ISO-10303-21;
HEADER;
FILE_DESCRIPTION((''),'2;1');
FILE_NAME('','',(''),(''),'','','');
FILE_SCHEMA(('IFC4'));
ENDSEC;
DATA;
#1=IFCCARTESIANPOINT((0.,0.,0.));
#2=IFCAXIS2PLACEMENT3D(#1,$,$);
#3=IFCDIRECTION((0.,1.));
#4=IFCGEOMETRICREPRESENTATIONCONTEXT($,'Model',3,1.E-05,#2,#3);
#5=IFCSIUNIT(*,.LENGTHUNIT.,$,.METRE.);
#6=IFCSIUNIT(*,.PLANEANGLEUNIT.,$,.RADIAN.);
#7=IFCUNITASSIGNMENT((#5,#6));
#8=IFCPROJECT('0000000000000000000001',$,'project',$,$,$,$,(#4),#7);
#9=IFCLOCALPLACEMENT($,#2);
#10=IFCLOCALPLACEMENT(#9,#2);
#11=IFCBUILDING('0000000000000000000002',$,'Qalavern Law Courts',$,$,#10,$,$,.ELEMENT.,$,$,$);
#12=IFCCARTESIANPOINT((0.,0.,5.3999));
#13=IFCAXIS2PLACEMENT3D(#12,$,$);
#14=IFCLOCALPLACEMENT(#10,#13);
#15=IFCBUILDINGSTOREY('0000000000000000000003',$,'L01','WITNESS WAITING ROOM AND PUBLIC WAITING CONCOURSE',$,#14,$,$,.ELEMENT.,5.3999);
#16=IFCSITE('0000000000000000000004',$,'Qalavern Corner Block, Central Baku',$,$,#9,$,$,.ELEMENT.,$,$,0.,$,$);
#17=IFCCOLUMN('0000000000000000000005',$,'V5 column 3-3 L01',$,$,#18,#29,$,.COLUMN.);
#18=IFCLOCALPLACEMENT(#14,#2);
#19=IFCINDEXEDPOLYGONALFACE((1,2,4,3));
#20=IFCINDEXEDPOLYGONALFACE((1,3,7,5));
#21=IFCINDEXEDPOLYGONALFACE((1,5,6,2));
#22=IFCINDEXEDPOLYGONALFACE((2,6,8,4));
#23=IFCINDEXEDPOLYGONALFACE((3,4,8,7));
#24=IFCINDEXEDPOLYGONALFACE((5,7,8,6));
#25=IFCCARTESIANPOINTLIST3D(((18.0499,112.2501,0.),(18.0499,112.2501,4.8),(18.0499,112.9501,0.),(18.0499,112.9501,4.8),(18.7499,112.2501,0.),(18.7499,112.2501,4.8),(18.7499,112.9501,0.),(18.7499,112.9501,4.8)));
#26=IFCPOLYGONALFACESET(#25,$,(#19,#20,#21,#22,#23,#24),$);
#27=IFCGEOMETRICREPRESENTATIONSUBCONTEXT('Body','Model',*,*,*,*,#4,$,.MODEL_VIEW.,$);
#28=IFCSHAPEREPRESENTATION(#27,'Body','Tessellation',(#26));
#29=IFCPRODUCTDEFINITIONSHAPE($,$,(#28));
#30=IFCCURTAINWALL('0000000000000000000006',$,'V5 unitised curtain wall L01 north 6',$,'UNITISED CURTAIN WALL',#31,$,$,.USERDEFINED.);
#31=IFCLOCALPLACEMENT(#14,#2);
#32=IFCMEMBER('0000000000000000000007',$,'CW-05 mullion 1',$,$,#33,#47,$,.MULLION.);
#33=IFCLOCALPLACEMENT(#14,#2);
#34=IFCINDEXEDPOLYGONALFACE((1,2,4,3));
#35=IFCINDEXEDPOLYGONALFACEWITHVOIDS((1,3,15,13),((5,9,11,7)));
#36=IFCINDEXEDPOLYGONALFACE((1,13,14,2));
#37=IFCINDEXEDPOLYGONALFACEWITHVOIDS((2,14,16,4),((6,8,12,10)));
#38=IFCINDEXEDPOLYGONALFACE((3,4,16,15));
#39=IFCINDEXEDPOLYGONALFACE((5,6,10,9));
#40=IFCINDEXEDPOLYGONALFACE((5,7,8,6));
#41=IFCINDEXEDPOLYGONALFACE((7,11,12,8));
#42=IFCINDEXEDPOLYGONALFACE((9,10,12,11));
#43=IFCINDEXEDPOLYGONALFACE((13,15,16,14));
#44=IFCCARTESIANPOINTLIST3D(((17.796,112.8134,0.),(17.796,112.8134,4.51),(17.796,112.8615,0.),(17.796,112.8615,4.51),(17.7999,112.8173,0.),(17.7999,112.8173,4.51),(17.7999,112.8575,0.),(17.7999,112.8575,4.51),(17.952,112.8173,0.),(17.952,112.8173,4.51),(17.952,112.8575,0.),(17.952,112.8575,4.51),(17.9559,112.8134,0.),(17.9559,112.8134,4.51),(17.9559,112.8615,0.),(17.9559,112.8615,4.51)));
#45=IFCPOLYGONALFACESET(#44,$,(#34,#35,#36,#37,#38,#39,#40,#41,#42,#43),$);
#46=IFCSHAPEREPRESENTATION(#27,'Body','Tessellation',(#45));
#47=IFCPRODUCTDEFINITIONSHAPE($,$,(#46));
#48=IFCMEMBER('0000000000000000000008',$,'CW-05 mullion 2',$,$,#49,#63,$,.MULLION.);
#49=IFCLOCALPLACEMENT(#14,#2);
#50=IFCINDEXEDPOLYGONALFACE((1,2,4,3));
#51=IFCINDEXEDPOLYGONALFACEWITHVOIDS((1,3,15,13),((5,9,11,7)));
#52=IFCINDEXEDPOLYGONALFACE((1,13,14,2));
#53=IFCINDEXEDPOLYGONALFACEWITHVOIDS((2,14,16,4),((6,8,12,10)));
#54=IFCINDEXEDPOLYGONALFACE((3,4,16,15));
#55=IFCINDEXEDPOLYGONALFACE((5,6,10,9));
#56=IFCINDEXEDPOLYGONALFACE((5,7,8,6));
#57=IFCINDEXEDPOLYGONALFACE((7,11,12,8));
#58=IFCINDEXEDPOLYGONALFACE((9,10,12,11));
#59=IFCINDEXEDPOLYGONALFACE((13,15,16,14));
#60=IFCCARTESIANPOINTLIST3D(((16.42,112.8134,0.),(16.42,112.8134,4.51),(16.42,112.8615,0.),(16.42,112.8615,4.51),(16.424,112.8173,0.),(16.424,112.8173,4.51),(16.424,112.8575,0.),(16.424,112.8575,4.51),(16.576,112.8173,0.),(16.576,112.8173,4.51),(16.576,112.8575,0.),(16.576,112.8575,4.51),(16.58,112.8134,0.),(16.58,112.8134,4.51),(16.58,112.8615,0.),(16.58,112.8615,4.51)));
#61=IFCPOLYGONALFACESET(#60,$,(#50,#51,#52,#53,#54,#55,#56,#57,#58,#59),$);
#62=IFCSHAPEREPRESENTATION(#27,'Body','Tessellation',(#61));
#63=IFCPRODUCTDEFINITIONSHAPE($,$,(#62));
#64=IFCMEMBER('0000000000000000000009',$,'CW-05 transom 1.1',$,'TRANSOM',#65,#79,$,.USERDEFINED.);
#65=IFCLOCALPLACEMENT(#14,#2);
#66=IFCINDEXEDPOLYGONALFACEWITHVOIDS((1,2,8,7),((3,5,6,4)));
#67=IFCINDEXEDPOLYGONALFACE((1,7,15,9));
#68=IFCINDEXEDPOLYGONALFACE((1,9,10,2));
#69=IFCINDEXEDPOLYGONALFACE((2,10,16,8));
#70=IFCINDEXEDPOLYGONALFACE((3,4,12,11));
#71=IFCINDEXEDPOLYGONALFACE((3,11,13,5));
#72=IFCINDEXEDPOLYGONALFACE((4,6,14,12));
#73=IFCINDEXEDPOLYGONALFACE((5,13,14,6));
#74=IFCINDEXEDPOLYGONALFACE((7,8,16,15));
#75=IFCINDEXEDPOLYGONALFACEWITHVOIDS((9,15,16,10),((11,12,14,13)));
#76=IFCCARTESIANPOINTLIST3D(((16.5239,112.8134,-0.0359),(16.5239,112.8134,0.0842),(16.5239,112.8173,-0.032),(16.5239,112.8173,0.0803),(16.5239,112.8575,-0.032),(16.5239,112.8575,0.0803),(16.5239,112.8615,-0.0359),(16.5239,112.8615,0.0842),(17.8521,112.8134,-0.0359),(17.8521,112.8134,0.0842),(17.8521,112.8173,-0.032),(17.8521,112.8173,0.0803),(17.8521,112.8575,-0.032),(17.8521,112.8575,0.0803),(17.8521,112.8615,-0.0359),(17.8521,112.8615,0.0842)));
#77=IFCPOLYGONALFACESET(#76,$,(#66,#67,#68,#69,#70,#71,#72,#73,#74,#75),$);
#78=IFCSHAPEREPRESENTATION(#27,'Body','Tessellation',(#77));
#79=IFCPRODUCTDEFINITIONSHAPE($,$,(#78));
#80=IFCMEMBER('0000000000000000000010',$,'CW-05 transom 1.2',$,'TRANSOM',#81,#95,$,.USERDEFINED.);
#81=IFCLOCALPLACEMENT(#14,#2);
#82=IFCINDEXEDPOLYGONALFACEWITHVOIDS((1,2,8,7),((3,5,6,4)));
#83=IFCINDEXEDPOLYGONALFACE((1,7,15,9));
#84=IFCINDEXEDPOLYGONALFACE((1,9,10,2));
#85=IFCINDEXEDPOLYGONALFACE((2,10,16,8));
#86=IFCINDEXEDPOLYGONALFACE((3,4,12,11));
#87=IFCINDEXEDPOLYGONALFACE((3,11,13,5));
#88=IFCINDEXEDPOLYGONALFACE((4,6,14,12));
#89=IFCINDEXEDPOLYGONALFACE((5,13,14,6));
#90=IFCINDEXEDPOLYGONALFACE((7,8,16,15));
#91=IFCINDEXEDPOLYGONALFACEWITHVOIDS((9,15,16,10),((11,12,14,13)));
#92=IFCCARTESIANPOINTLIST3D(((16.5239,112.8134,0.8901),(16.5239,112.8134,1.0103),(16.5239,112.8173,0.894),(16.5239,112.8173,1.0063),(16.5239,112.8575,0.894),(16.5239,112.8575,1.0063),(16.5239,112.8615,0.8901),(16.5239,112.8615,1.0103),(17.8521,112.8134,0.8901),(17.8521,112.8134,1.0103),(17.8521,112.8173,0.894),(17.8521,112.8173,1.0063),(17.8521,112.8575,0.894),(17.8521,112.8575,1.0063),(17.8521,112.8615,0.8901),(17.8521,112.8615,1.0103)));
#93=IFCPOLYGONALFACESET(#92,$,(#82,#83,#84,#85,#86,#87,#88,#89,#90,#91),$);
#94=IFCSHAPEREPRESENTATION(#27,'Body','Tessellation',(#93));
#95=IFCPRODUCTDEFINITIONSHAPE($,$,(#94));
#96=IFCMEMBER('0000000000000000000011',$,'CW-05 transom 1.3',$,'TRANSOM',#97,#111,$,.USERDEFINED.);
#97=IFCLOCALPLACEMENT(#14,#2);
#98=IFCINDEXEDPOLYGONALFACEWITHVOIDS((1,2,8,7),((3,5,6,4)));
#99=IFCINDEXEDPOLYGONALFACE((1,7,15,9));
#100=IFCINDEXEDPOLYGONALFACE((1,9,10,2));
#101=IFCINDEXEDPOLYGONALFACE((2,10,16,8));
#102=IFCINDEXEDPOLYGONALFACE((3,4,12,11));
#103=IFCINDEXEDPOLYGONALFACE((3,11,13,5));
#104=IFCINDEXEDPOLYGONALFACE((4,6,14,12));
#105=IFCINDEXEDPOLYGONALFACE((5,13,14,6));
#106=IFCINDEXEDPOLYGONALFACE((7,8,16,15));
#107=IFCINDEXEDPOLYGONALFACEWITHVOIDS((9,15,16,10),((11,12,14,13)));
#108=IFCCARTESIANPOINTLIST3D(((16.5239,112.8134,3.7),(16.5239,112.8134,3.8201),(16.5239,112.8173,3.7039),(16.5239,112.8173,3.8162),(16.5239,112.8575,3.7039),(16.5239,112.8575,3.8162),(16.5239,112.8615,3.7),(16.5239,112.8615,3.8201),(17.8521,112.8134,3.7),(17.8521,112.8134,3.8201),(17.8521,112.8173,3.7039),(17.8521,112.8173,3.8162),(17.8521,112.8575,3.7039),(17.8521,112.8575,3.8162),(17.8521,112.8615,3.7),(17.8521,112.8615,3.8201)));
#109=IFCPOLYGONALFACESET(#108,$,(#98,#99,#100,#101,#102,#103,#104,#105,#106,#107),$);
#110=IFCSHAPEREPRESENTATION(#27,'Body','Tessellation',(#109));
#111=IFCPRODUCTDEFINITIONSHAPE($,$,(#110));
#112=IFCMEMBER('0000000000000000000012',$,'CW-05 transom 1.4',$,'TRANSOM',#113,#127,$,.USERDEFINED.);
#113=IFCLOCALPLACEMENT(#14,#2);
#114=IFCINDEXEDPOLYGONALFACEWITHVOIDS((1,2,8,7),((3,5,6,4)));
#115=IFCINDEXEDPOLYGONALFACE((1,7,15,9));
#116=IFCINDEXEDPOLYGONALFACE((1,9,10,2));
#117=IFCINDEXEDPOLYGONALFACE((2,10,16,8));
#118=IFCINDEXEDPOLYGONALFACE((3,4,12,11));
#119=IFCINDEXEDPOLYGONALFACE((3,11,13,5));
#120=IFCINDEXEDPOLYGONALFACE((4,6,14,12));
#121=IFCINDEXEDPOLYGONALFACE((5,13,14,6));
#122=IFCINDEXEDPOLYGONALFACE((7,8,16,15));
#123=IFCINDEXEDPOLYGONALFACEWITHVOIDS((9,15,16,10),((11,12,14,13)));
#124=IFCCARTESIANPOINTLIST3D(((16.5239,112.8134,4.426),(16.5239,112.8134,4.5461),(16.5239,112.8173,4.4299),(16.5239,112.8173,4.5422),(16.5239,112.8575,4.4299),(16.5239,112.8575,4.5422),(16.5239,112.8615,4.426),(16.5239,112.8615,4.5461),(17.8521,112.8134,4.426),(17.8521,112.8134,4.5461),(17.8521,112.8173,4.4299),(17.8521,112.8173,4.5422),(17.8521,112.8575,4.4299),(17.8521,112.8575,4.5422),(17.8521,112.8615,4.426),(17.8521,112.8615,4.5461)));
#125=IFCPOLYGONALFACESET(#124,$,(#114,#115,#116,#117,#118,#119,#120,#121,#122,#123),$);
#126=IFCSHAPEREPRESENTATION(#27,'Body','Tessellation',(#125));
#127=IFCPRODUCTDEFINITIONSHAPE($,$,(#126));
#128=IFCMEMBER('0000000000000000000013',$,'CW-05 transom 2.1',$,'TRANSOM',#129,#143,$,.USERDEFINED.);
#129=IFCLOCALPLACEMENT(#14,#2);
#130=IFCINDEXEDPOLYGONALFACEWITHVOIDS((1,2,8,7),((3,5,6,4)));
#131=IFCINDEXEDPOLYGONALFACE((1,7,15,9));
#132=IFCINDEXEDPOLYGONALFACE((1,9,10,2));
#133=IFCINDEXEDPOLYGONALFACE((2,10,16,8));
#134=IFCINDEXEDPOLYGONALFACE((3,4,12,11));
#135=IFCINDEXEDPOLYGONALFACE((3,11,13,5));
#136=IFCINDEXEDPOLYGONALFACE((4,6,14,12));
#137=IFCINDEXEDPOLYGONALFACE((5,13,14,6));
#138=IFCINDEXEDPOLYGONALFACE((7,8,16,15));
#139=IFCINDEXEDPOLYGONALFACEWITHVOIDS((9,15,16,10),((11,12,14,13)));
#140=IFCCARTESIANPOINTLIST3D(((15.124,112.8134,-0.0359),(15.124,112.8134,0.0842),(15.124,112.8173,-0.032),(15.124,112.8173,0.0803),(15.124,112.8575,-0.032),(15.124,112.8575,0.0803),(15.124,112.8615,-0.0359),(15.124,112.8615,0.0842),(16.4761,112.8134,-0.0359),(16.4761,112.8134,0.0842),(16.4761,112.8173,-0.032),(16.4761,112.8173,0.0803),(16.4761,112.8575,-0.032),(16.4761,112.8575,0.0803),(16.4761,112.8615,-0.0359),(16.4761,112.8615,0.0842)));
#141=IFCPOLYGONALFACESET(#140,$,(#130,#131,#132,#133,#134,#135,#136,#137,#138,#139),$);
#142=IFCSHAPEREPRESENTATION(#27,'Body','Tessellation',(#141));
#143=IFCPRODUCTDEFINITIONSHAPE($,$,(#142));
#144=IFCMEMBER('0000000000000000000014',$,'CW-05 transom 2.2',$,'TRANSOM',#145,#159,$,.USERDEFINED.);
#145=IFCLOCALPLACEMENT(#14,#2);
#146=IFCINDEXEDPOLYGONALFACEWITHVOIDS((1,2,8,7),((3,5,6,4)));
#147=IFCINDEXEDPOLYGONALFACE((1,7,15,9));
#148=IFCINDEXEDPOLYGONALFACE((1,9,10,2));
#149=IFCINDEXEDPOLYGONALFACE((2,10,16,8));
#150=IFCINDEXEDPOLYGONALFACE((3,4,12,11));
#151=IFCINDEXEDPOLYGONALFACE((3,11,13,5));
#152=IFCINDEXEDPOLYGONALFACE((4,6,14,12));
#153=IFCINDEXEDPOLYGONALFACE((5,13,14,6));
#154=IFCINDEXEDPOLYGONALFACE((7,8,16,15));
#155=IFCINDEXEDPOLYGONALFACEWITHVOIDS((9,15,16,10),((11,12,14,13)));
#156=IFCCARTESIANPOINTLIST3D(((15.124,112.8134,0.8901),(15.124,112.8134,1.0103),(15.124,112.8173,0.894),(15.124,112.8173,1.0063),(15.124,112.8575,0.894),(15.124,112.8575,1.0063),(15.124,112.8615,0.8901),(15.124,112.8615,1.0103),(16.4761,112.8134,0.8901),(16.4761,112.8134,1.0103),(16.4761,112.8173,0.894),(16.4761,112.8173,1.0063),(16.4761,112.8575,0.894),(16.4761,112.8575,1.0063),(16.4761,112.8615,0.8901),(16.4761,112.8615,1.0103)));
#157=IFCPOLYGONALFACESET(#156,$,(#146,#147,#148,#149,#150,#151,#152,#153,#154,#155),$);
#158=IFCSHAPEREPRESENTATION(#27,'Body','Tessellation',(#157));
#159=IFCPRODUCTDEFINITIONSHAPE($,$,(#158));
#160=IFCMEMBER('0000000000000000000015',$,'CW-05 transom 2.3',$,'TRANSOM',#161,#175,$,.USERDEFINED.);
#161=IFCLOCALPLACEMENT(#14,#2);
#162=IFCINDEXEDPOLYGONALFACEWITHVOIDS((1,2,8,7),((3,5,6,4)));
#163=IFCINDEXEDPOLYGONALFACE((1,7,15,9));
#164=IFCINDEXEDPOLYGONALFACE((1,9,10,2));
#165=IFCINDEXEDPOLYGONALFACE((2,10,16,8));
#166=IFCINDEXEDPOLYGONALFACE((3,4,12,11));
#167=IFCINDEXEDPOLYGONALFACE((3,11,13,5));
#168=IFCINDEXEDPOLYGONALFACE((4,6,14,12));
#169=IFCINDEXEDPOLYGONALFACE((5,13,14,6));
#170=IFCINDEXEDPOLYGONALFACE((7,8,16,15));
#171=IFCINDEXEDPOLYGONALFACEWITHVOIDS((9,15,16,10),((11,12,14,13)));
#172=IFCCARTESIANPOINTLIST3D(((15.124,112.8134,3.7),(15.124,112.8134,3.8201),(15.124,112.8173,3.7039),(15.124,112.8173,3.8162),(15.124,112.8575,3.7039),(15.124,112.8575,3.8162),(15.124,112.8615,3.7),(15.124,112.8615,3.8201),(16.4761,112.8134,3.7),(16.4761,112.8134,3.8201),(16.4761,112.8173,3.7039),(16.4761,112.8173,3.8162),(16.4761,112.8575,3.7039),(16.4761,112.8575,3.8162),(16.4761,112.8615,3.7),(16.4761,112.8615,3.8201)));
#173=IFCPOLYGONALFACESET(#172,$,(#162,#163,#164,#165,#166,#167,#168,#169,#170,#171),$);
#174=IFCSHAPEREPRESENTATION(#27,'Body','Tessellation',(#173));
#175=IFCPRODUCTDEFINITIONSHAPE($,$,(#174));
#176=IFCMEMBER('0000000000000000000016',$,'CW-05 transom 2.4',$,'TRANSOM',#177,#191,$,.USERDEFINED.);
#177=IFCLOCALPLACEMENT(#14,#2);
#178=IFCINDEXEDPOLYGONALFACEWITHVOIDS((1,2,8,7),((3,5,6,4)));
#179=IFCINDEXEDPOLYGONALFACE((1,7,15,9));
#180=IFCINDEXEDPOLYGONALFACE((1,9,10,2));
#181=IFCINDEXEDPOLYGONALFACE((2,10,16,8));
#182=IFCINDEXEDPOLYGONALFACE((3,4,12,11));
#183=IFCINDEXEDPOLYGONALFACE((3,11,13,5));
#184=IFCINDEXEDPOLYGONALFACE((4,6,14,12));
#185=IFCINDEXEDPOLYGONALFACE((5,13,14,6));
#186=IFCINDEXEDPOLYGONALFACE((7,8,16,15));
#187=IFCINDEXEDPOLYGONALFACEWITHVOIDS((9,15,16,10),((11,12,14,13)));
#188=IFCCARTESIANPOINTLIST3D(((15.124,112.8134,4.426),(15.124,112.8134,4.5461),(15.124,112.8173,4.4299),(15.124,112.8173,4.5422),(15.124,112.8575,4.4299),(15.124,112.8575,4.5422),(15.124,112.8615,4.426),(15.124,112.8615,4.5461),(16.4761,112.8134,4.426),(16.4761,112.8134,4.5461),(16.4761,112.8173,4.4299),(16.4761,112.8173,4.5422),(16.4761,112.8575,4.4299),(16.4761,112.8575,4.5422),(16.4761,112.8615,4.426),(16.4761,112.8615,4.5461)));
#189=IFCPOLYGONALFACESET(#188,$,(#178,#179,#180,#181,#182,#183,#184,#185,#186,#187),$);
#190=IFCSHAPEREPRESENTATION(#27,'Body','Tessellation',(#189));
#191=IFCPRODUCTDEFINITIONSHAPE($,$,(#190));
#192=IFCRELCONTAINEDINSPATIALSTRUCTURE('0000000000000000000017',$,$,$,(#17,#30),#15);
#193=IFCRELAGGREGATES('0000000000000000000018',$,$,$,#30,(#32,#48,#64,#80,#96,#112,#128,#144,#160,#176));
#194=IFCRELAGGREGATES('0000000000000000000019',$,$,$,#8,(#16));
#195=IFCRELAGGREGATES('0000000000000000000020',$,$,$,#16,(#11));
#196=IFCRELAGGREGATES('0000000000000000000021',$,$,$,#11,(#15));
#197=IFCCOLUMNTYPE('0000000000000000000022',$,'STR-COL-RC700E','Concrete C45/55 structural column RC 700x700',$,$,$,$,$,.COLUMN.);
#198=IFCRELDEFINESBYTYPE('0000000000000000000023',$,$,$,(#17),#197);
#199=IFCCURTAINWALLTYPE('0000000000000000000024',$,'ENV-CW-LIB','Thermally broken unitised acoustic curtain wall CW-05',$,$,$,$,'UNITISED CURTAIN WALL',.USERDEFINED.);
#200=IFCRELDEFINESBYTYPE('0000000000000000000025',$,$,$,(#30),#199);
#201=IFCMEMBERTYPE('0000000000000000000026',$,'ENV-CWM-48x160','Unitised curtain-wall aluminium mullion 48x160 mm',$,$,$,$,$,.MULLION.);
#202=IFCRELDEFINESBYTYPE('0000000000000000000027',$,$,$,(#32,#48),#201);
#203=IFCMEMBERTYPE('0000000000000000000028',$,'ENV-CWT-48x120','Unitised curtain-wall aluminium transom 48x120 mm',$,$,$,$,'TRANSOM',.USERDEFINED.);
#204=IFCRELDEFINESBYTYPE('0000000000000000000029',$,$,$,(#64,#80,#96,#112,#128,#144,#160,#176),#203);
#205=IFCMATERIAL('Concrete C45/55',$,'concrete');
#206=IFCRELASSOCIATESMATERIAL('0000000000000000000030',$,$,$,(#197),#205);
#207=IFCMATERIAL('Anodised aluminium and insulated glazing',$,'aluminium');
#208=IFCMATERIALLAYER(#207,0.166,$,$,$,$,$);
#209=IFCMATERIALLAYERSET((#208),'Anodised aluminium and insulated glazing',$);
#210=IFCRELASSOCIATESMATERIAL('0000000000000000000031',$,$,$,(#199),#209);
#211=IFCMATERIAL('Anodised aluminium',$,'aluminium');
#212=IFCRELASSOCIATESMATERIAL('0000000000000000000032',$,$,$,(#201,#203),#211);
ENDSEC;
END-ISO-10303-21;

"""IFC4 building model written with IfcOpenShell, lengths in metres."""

from ifc_helpers import new_model, si_unit, direction, frame, origin, origin_2d, place, context, subcontext, project, spatial, rectangle, hollow_rectangle, extrude, material, layer, layer_set, material_profile, profile_set, type_object, element, aggregate, save


model = new_model("IFC4")

# Units and contexts
model_context = context("Model", 3, precision=1e-05, world=origin(), true_north=direction((0.0, 1.0)))
body_context = subcontext(model_context, "Body", "Model", "MODEL_VIEW")
ifc_project = project(units=[si_unit("LENGTHUNIT", "METRE"), si_unit("PLANEANGLEUNIT", "RADIAN")], contexts=[model_context])

# Site, building, storey
site_placement = place(None, origin())
site = spatial("IfcSite", under=ifc_project, at=site_placement, Name="Qalavern Corner Block, Central Baku", CompositionType="ELEMENT", RefElevation=0.0)
building_placement = place(site_placement, origin())
building = spatial("IfcBuilding", under=site, at=building_placement, Name="Qalavern Law Courts", CompositionType="ELEMENT")
storey_placement = place(building_placement, frame((0.0, 0.0, 5.3999)))
storey = spatial("IfcBuildingStorey", under=building, at=storey_placement, Name="L01", Description="WITNESS WAITING ROOM AND PUBLIC WAITING CONCOURSE", CompositionType="ELEMENT", Elevation=5.3999)

# Column
ifc_material_1 = material(Name="Concrete C45/55", Category="concrete")
ifc_material_profile_1 = material_profile(ifc_material_1, rectangle(XDim=0.7, YDim=0.7, at=origin_2d()), Name="RC 700x700")
ifc_profile_set_1 = profile_set([ifc_material_profile_1], Name="Concrete C45/55")
column_type = type_object("IfcColumnType", Name="STR-COL-RC700E", Description="Concrete C45/55 structural column RC 700x700", PredefinedType="COLUMN", material=ifc_profile_set_1)
column_placement = place(storey_placement, frame((18.3999, 112.6001, 0.0), z_axis=(0.0, 0.0, 1.0), x_axis=(1.0, 0.0, 0.0)))
element("IfcColumn", 1, at=column_placement, inside=storey, type_object=column_type, Name="V5 column 3-3 L01", PredefinedType="COLUMN", context=body_context, shape_type="SweptSolid", body=[
    extrude(rectangle(XDim=0.7, YDim=0.7, at=origin_2d()), origin(), (0.0, 0.0, 1.0), 4.8),
])

# Curtain wall, members
ifc_material_2 = material(Name="Anodised aluminium and insulated glazing", Category="aluminium")
ifc_layer_1 = layer(ifc_material_2, 0.166)
ifc_layer_set_1 = layer_set([ifc_layer_1], Name="Anodised aluminium and insulated glazing")
curtain_wall_type = type_object("IfcCurtainWallType", Name="ENV-CW-LIB", Description="Thermally broken unitised acoustic curtain wall CW-05", ElementType="UNITISED CURTAIN WALL", PredefinedType="USERDEFINED", material=ifc_layer_set_1)
curtain_wall_placement = place(storey_placement, origin())
curtain_wall = element("IfcCurtainWall", 2, at=curtain_wall_placement, inside=storey, type_object=curtain_wall_type, Name="V5 unitised curtain wall L01 north 6", ObjectType="UNITISED CURTAIN WALL", PredefinedType="USERDEFINED")
ifc_material_3 = material(Name="Anodised aluminium", Category="aluminium")
ifc_material_profile_2 = material_profile(ifc_material_3, hollow_rectangle(XDim=0.0481, YDim=0.1599, WallThickness=0.0039, at=origin_2d()), Name="ALU MULLION 48x160")
ifc_profile_set_2 = profile_set([ifc_material_profile_2], Name="Anodised aluminium")
member_type_1 = type_object("IfcMemberType", Name="ENV-CWM-48x160", Description="Unitised curtain-wall aluminium mullion 48x160 mm", PredefinedType="MULLION", material=ifc_profile_set_2)
member_1_placement = place(storey_placement, frame((17.876, 112.8374, 0.0), z_axis=(0.0, 0.0, 1.0), x_axis=(0.0, -1.0, 0.0)))
member_1 = element("IfcMember", 3, at=member_1_placement, type_object=member_type_1, Name="CW-05 mullion 1", PredefinedType="MULLION", context=body_context, shape_type="SweptSolid", body=[
    extrude(hollow_rectangle(XDim=0.0481, YDim=0.1599, WallThickness=0.0039, at=origin_2d()), origin(), (0.0, 0.0, 1.0), 4.51),
])
member_2_placement = place(storey_placement, frame((16.5, 112.8374, 0.0), z_axis=(0.0, 0.0, 1.0), x_axis=(0.0, -1.0, 0.0)))
member_2 = element("IfcMember", 4, at=member_2_placement, type_object=member_type_1, Name="CW-05 mullion 2", PredefinedType="MULLION", context=body_context, shape_type="SweptSolid", body=[
    extrude(hollow_rectangle(XDim=0.0481, YDim=0.1599, WallThickness=0.0039, at=origin_2d()), origin(), (0.0, 0.0, 1.0), 4.51),
])
ifc_material_profile_3 = material_profile(ifc_material_3, hollow_rectangle(XDim=0.0481, YDim=0.1201, WallThickness=0.0039, at=origin_2d()), Name="ALU TRANSOM 48x120")
ifc_profile_set_3 = profile_set([ifc_material_profile_3], Name="Anodised aluminium")
member_type_2 = type_object("IfcMemberType", Name="ENV-CWT-48x120", Description="Unitised curtain-wall aluminium transom 48x120 mm", ElementType="TRANSOM", PredefinedType="USERDEFINED", material=ifc_profile_set_3)
member_3_placement = place(storey_placement, frame((17.8521, 112.8374, 0.0242), z_axis=(-1.0, 0.0, 0.0), x_axis=(0.0, -1.0, 0.0)))
member_3 = element("IfcMember", 5, at=member_3_placement, type_object=member_type_2, Name="CW-05 transom 1.1", ObjectType="TRANSOM", PredefinedType="USERDEFINED", context=body_context, shape_type="SweptSolid", body=[
    extrude(hollow_rectangle(XDim=0.0481, YDim=0.1201, WallThickness=0.0039, at=origin_2d()), origin(), (0.0, 0.0, 1.0), 1.3281),
])
member_4_placement = place(storey_placement, frame((17.8521, 112.8374, 0.9502), z_axis=(-1.0, 0.0, 0.0), x_axis=(0.0, -1.0, 0.0)))
member_4 = element("IfcMember", 6, at=member_4_placement, type_object=member_type_2, Name="CW-05 transom 1.2", ObjectType="TRANSOM", PredefinedType="USERDEFINED", context=body_context, shape_type="SweptSolid", body=[
    extrude(hollow_rectangle(XDim=0.0481, YDim=0.1201, WallThickness=0.0039, at=origin_2d()), origin(), (0.0, 0.0, 1.0), 1.3281),
])
member_5_placement = place(storey_placement, frame((17.8521, 112.8374, 3.76), z_axis=(-1.0, 0.0, 0.0), x_axis=(0.0, -1.0, 0.0)))
member_5 = element("IfcMember", 7, at=member_5_placement, type_object=member_type_2, Name="CW-05 transom 1.3", ObjectType="TRANSOM", PredefinedType="USERDEFINED", context=body_context, shape_type="SweptSolid", body=[
    extrude(hollow_rectangle(XDim=0.0481, YDim=0.1201, WallThickness=0.0039, at=origin_2d()), origin(), (0.0, 0.0, 1.0), 1.3281),
])
member_6_placement = place(storey_placement, frame((17.8521, 112.8374, 4.4861), z_axis=(-1.0, 0.0, 0.0), x_axis=(0.0, -1.0, 0.0)))
member_6 = element("IfcMember", 8, at=member_6_placement, type_object=member_type_2, Name="CW-05 transom 1.4", ObjectType="TRANSOM", PredefinedType="USERDEFINED", context=body_context, shape_type="SweptSolid", body=[
    extrude(hollow_rectangle(XDim=0.0481, YDim=0.1201, WallThickness=0.0039, at=origin_2d()), origin(), (0.0, 0.0, 1.0), 1.3281),
])
member_7_placement = place(storey_placement, frame((16.4761, 112.8374, 0.0242), z_axis=(-1.0, 0.0, 0.0), x_axis=(0.0, -1.0, 0.0)))
member_7 = element("IfcMember", 9, at=member_7_placement, type_object=member_type_2, Name="CW-05 transom 2.1", ObjectType="TRANSOM", PredefinedType="USERDEFINED", context=body_context, shape_type="SweptSolid", body=[
    extrude(hollow_rectangle(XDim=0.0481, YDim=0.1201, WallThickness=0.0039, at=origin_2d()), origin(), (0.0, 0.0, 1.0), 1.3521),
])
member_8_placement = place(storey_placement, frame((16.4761, 112.8374, 0.9502), z_axis=(-1.0, 0.0, 0.0), x_axis=(0.0, -1.0, 0.0)))
member_8 = element("IfcMember", 10, at=member_8_placement, type_object=member_type_2, Name="CW-05 transom 2.2", ObjectType="TRANSOM", PredefinedType="USERDEFINED", context=body_context, shape_type="SweptSolid", body=[
    extrude(hollow_rectangle(XDim=0.0481, YDim=0.1201, WallThickness=0.0039, at=origin_2d()), origin(), (0.0, 0.0, 1.0), 1.3521),
])
member_9_placement = place(storey_placement, frame((16.4761, 112.8374, 3.76), z_axis=(-1.0, 0.0, 0.0), x_axis=(0.0, -1.0, 0.0)))
member_9 = element("IfcMember", 11, at=member_9_placement, type_object=member_type_2, Name="CW-05 transom 2.3", ObjectType="TRANSOM", PredefinedType="USERDEFINED", context=body_context, shape_type="SweptSolid", body=[
    extrude(hollow_rectangle(XDim=0.0481, YDim=0.1201, WallThickness=0.0039, at=origin_2d()), origin(), (0.0, 0.0, 1.0), 1.3521),
])
member_10_placement = place(storey_placement, frame((16.4761, 112.8374, 4.4861), z_axis=(-1.0, 0.0, 0.0), x_axis=(0.0, -1.0, 0.0)))
member_10 = element("IfcMember", 12, at=member_10_placement, type_object=member_type_2, Name="CW-05 transom 2.4", ObjectType="TRANSOM", PredefinedType="USERDEFINED", context=body_context, shape_type="SweptSolid", body=[
    extrude(hollow_rectangle(XDim=0.0481, YDim=0.1201, WallThickness=0.0039, at=origin_2d()), origin(), (0.0, 0.0, 1.0), 1.3521),
])

aggregate(curtain_wall, [member_1, member_2, member_3, member_4, member_5, member_6, member_7, member_8, member_9, member_10])

save(model, "model.ifc")
